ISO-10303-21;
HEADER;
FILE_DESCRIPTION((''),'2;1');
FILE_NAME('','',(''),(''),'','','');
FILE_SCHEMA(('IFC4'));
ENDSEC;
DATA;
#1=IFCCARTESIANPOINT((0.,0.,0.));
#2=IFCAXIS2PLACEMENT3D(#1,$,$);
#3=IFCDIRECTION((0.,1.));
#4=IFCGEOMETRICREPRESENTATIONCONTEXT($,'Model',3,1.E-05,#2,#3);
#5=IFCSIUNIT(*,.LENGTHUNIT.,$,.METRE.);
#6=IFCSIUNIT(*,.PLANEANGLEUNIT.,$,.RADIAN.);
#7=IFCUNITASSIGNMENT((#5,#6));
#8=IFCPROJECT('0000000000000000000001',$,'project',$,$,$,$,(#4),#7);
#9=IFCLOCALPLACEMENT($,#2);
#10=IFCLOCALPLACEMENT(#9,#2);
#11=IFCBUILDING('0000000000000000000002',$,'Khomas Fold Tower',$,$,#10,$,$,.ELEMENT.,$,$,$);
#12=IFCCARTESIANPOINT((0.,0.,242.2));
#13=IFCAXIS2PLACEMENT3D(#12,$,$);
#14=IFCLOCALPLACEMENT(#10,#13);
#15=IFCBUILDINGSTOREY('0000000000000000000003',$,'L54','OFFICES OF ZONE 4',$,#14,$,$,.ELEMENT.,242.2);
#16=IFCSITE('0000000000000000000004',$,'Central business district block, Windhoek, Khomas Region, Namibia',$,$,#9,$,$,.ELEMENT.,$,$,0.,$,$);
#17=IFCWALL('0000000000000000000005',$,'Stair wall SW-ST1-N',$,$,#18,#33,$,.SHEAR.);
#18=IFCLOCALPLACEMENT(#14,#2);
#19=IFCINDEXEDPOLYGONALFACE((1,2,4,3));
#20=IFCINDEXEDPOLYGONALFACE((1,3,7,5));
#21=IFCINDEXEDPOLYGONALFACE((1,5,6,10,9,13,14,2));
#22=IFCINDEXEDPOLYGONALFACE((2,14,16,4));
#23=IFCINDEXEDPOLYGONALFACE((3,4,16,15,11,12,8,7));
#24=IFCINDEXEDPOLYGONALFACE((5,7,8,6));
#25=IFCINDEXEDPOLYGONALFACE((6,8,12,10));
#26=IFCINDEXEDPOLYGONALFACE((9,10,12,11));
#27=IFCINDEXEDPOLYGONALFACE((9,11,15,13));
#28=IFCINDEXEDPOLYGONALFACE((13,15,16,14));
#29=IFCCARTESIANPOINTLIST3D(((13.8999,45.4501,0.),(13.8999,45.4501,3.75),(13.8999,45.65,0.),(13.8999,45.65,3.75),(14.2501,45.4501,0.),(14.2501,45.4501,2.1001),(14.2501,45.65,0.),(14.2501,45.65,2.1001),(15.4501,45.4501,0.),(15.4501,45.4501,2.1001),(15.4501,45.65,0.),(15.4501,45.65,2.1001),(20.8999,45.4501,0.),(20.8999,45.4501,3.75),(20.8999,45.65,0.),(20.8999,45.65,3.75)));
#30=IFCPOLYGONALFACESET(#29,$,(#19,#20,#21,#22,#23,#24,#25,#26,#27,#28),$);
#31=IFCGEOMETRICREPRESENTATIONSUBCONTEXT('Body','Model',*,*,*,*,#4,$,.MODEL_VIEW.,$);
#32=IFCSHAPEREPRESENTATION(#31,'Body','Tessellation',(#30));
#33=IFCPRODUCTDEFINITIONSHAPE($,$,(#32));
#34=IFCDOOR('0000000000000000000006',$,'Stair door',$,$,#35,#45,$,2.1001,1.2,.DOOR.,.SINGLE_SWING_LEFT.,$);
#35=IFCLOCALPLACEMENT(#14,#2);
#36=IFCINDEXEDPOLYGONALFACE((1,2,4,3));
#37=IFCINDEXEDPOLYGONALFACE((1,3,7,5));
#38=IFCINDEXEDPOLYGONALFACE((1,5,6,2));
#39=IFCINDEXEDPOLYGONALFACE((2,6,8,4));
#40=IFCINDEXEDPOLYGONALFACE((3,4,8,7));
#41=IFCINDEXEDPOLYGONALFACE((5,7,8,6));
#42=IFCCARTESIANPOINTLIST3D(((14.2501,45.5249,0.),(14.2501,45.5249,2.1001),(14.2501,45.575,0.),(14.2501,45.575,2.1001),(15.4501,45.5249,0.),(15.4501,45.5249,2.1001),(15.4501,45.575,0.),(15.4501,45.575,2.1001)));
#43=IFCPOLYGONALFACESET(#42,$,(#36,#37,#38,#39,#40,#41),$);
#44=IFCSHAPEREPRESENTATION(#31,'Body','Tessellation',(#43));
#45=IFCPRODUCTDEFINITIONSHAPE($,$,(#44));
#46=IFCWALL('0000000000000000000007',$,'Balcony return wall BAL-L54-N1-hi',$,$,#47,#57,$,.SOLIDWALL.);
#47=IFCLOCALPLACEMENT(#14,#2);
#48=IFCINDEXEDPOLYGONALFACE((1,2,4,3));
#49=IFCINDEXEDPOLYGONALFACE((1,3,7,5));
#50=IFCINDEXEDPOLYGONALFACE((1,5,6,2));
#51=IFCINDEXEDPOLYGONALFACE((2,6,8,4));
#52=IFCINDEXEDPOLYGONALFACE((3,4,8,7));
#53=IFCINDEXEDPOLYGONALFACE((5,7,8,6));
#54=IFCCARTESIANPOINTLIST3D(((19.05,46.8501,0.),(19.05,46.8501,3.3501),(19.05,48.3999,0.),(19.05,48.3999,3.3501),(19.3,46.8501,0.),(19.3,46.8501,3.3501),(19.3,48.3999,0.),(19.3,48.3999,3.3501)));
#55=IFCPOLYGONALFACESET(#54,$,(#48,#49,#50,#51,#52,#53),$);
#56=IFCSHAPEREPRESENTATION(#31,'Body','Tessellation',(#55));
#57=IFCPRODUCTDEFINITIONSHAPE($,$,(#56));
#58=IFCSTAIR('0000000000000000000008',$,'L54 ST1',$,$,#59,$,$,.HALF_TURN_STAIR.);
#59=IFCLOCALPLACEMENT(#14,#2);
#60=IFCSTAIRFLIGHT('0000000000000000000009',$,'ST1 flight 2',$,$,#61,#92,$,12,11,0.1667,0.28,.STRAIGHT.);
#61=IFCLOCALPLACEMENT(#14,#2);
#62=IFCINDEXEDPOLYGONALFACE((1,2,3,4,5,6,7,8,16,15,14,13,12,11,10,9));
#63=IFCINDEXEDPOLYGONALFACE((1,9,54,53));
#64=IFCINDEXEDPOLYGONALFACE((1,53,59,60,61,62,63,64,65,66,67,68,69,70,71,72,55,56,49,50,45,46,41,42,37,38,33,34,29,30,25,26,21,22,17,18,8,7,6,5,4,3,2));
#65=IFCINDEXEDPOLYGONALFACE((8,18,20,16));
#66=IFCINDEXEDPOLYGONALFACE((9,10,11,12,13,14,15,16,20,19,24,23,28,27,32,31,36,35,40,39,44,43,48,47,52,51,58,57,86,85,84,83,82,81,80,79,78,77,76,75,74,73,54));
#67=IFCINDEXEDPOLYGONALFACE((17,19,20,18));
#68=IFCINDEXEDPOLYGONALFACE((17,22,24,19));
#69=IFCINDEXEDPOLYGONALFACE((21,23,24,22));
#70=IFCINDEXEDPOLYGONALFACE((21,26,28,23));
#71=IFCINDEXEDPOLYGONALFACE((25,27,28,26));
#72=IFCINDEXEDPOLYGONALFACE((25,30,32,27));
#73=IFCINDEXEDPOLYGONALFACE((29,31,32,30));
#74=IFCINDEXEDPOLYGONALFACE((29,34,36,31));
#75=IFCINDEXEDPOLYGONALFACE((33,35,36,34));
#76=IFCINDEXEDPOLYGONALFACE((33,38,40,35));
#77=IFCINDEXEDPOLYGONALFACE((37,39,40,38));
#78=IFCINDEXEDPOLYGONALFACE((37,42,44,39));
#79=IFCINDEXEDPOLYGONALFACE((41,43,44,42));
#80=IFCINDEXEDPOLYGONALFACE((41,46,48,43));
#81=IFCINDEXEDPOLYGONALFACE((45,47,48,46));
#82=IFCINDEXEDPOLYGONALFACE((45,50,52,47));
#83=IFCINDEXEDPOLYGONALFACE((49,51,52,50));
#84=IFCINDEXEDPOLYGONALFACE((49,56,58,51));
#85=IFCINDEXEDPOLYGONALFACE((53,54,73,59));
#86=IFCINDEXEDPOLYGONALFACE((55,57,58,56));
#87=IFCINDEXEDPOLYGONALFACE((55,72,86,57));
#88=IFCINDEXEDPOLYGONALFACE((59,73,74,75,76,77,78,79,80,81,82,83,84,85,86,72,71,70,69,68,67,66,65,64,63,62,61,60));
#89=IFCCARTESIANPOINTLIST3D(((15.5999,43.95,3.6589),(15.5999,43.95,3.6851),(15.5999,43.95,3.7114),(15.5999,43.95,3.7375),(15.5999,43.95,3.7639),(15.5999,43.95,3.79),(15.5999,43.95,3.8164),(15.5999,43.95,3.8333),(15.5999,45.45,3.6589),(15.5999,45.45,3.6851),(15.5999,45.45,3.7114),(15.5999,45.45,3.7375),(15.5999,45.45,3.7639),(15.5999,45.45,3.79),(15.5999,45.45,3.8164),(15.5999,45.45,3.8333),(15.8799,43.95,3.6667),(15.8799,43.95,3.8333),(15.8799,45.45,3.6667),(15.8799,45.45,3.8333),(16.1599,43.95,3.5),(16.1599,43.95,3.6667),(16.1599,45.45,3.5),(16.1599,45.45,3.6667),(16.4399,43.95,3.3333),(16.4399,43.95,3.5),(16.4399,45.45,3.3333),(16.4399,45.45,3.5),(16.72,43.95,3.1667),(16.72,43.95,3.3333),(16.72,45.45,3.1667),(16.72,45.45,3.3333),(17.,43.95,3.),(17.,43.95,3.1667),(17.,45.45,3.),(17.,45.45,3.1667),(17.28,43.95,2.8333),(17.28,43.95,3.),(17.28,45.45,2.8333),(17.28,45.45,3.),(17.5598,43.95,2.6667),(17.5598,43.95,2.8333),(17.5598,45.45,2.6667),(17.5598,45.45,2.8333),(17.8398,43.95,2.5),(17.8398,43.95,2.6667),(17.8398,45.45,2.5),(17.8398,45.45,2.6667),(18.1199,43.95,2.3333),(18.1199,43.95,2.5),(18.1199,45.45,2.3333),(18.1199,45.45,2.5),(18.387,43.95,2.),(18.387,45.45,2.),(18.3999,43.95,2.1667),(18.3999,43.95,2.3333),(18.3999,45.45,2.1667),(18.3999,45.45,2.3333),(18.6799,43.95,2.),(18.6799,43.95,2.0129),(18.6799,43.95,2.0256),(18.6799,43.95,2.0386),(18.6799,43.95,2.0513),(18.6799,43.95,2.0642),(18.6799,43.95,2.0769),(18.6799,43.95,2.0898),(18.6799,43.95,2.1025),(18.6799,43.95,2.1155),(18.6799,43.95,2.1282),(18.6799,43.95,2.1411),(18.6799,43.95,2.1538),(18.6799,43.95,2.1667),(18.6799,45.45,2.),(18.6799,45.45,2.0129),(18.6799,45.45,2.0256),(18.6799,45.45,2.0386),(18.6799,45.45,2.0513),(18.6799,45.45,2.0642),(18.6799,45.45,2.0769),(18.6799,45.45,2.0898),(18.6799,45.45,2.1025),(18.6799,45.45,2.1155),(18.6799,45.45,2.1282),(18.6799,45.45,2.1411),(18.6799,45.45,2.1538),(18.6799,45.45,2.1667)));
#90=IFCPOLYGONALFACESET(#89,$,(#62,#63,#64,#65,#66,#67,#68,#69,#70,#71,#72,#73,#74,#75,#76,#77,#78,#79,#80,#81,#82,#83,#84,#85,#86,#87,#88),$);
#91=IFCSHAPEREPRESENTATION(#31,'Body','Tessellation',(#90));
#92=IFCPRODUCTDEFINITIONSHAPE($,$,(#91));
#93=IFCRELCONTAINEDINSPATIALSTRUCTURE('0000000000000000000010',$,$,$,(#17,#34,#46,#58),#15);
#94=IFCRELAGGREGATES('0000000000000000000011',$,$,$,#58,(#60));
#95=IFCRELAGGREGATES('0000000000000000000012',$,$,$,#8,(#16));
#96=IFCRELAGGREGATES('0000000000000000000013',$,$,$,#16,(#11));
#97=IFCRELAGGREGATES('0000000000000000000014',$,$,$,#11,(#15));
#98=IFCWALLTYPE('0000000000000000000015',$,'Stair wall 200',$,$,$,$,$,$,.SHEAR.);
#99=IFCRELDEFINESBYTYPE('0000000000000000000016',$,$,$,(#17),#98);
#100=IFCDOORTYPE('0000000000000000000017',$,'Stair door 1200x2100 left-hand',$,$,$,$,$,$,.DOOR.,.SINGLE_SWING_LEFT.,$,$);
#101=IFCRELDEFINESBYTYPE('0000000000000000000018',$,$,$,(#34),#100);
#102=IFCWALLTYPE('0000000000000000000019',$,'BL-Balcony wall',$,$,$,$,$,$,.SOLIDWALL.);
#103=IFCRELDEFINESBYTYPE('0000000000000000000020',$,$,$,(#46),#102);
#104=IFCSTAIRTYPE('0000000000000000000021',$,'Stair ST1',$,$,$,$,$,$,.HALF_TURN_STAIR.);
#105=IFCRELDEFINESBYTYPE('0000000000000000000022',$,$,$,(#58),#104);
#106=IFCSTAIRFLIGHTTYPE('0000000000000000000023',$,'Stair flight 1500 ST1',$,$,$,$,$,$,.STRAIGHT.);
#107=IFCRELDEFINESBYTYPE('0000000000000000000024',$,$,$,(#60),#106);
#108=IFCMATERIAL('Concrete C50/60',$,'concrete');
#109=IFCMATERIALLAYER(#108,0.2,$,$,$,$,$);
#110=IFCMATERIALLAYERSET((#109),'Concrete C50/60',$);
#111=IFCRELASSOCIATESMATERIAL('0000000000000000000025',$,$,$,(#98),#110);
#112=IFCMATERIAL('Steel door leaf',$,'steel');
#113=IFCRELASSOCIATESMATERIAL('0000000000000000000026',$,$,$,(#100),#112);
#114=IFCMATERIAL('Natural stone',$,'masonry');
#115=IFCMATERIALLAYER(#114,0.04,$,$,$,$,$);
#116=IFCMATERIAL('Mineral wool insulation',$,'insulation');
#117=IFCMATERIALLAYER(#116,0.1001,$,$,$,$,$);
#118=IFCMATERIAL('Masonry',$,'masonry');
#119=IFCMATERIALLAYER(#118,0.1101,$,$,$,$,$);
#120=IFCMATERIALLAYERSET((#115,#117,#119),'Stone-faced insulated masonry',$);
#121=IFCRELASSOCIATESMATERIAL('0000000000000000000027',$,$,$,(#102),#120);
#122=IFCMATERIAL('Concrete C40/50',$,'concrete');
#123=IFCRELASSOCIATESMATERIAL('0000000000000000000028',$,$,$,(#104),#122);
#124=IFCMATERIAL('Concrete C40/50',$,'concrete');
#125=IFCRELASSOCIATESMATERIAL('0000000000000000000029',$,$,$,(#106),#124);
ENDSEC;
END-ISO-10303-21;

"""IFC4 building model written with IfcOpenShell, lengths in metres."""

from ifc_helpers import new_model, si_unit, direction, frame, frame_2d, origin, place, context, subcontext, project, spatial, polyline, rectangle, outline, extrude, source, transform, mapped, material, layer, layer_set, type_object, element, fill, aggregate, save


model = new_model("IFC4")

# Units and contexts
model_context = context("Model", 3, precision=1e-05, world=origin(), true_north=direction((0.0, 1.0)))
body_context = subcontext(model_context, "Body", "Model", "MODEL_VIEW")
ifc_project = project(units=[si_unit("LENGTHUNIT", "METRE"), si_unit("PLANEANGLEUNIT", "RADIAN")], contexts=[model_context])

# Site, building, storey
site_placement = place(None, origin())
site = spatial("IfcSite", under=ifc_project, at=site_placement, Name="Central business district block, Windhoek, Khomas Region, Namibia", CompositionType="ELEMENT", RefElevation=0.0)
building_placement = place(site_placement, origin())
building = spatial("IfcBuilding", under=site, at=building_placement, Name="Khomas Fold Tower", CompositionType="ELEMENT")
storey_placement = place(building_placement, frame((0.0, 0.0, 242.2)))
storey = spatial("IfcBuildingStorey", under=building, at=storey_placement, Name="L54", Description="OFFICES OF ZONE 4", CompositionType="ELEMENT", Elevation=242.2)

# Wall, opening, door
ifc_material_1 = material(Name="Concrete C50/60", Category="concrete")
ifc_layer_1 = layer(ifc_material_1, 0.2)
ifc_layer_set_1 = layer_set([ifc_layer_1], Name="Concrete C50/60")
wall_type_1 = type_object("IfcWallType", Name="Stair wall 200", PredefinedType="SHEAR", material=ifc_layer_set_1)
shared_shape_1 = source(origin(), body_context, "Body", "SweptSolid", [
    extrude(rectangle(XDim=7.0, YDim=0.2, at=frame_2d((3.5, 0.0))), origin(), (0.0, 0.0, 1.0), 3.75),
])
wall_1_placement = place(storey_placement, frame((13.8999, 45.55, 0.0), z_axis=(0.0, 0.0, 1.0), x_axis=(1.0, 0.0, 0.0)))
wall_1 = element("IfcWall", 1, at=wall_1_placement, inside=storey, type_object=wall_type_1, Name="Stair wall SW-ST1-N", PredefinedType="SHEAR", context=body_context, shape_type="MappedRepresentation", body=[
    mapped(shared_shape_1, transform((0.0, 0.0, 0.0))),
])
shared_shape_2 = source(origin(), body_context, "Body", "SweptSolid", [
    extrude(rectangle(XDim=1.2, YDim=2.1001, at=frame_2d((0.6001, 1.05))), frame((0.0, 0.1099, 0.0), z_axis=(0.0, -1.0, 0.0), x_axis=(1.0, 0.0, 0.0)), (0.0, 0.0, 1.0), 0.22),
])
opening_1_placement = place(wall_1_placement, frame((0.3501, 0.0, 0.0)))
opening_1 = element("IfcOpeningElement", 2, at=opening_1_placement, cuts=wall_1, PredefinedType="OPENING", context=body_context, shape_type="MappedRepresentation", body=[
    mapped(shared_shape_2, transform((0.0, 0.0, 0.0))),
])
ifc_material_2 = material(Name="Steel door leaf", Category="steel")
door_type_1 = type_object("IfcDoorType", Name="Stair door 1200x2100 left-hand", OperationType="SINGLE_SWING_LEFT", PredefinedType="DOOR", material=ifc_material_2)
shared_shape_3 = source(origin(), body_context, "Body", "SweptSolid", [
    extrude(rectangle(XDim=1.2, YDim=2.1001, at=frame_2d((0.6001, 1.05))), frame((0.0, 0.0249, 0.0), z_axis=(0.0, -1.0, 0.0), x_axis=(1.0, 0.0, 0.0)), (0.0, 0.0, 1.0), 0.05),
])
door_1_placement = place(opening_1_placement, origin())
door_1 = element("IfcDoor", 3, at=door_1_placement, inside=storey, type_object=door_type_1, Name="Stair door", OperationType="SINGLE_SWING_LEFT", OverallHeight=2.1001, OverallWidth=1.2, PredefinedType="DOOR", context=body_context, shape_type="MappedRepresentation", body=[
    mapped(shared_shape_3, transform((0.0, 0.0, 0.0))),
])
fill(opening_1, door_1)

# Shared definitions
ifc_material_3 = material(Name="Natural stone", Category="masonry")
ifc_layer_2 = layer(ifc_material_3, 0.04)
ifc_material_4 = material(Name="Mineral wool insulation", Category="insulation")
ifc_layer_3 = layer(ifc_material_4, 0.1001)
ifc_material_5 = material(Name="Masonry", Category="masonry")
ifc_layer_4 = layer(ifc_material_5, 0.1101)
ifc_layer_set_2 = layer_set([ifc_layer_2, ifc_layer_3, ifc_layer_4], Name="Stone-faced insulated masonry")
wall_type_2 = type_object("IfcWallType", Name="BL-Balcony wall", PredefinedType="SOLIDWALL", material=ifc_layer_set_2)

# Wall
shared_shape_4 = source(origin(), body_context, "Body", "SweptSolid", [
    extrude(rectangle(XDim=1.5498, YDim=0.25, at=frame_2d((0.7749, 0.0))), origin(), (0.0, 0.0, 1.0), 3.3501),
])
wall_2_placement = place(storey_placement, frame((19.175, 48.3999, 0.0), z_axis=(0.0, 0.0, 1.0), x_axis=(0.0, -1.0, 0.0)))
element("IfcWall", 4, at=wall_2_placement, inside=storey, type_object=wall_type_2, Name="Balcony return wall BAL-L54-N1-hi", PredefinedType="SOLIDWALL", context=body_context, shape_type="MappedRepresentation", body=[
    mapped(shared_shape_4, transform((0.0, 0.0, 0.0))),
])

# Stair, stair flight
ifc_material_6 = material(Name="Concrete C40/50", Category="concrete")
stair_type = type_object("IfcStairType", Name="Stair ST1", PredefinedType="HALF_TURN_STAIR", material=ifc_material_6)
stair_placement = place(storey_placement, origin())
stair = element("IfcStair", 5, at=stair_placement, inside=storey, type_object=stair_type, Name="L54 ST1", PredefinedType="HALF_TURN_STAIR")
ifc_material_7 = material(Name="Concrete C40/50", Category="concrete")
stair_flight_type = type_object("IfcStairFlightType", Name="Stair flight 1500 ST1", PredefinedType="STRAIGHT", material=ifc_material_7)
shared_shape_5 = source(origin(), body_context, "Body", "SweptSolid", [
    extrude(outline(polyline([(0.0, 0.0), (0.0, 0.0129), (0.0, 0.0256), (0.0, 0.0386), (0.0, 0.0513), (0.0, 0.0642), (0.0, 0.0769), (0.0, 0.0898), (0.0, 0.1025), (0.0, 0.1155), (0.0, 0.1282), (0.0, 0.1411), (0.0, 0.1538), (0.0, 0.1667), (0.28, 0.1667), (0.28, 0.3333), (0.5601, 0.3333), (0.5601, 0.5), (0.8401, 0.5), (0.8401, 0.6667), (1.1201, 0.6667), (1.1201, 0.8333), (1.3999, 0.8333), (1.3999, 1.0), (1.6799, 1.0), (1.6799, 1.1667), (1.96, 1.1667), (1.96, 1.3333), (2.24, 1.3333), (2.24, 1.5), (2.52, 1.5), (2.52, 1.6667), (2.8, 1.6667), (2.8, 1.8333), (3.0801, 1.8333), (3.0801, 2.0), (3.0801, 1.9739), (3.0801, 1.9475), (3.0801, 1.9214), (3.0801, 1.895), (3.0801, 1.8689), (3.0801, 1.8425), (3.0801, 1.8164), (3.0801, 1.79), (3.0801, 1.7639), (3.0801, 1.7375), (3.0801, 1.7114), (3.0801, 1.6851), (3.0801, 1.6589), (0.293, 0.0), (0.0, 0.0)])), frame((0.0, 0.75, 0.0), z_axis=(0.0, -1.0, 0.0), x_axis=(1.0, 0.0, 0.0)), (0.0, 0.0, 1.0), 1.5),
])
stair_flight_placement = place(storey_placement, frame((18.6799, 44.7, 2.0), z_axis=(0.0, 0.0, 1.0), x_axis=(-1.0, 0.0, 0.0)))
stair_flight = element("IfcStairFlight", 6, at=stair_flight_placement, type_object=stair_flight_type, Name="ST1 flight 2", NumberOfRisers=12, NumberOfTreads=11, PredefinedType="STRAIGHT", RiserHeight=0.1667, TreadLength=0.28, context=body_context, shape_type="MappedRepresentation", body=[
    mapped(shared_shape_5, transform((0.0, 0.0, 0.0))),
])
aggregate(stair, [stair_flight])

save(model, "model.ifc")
